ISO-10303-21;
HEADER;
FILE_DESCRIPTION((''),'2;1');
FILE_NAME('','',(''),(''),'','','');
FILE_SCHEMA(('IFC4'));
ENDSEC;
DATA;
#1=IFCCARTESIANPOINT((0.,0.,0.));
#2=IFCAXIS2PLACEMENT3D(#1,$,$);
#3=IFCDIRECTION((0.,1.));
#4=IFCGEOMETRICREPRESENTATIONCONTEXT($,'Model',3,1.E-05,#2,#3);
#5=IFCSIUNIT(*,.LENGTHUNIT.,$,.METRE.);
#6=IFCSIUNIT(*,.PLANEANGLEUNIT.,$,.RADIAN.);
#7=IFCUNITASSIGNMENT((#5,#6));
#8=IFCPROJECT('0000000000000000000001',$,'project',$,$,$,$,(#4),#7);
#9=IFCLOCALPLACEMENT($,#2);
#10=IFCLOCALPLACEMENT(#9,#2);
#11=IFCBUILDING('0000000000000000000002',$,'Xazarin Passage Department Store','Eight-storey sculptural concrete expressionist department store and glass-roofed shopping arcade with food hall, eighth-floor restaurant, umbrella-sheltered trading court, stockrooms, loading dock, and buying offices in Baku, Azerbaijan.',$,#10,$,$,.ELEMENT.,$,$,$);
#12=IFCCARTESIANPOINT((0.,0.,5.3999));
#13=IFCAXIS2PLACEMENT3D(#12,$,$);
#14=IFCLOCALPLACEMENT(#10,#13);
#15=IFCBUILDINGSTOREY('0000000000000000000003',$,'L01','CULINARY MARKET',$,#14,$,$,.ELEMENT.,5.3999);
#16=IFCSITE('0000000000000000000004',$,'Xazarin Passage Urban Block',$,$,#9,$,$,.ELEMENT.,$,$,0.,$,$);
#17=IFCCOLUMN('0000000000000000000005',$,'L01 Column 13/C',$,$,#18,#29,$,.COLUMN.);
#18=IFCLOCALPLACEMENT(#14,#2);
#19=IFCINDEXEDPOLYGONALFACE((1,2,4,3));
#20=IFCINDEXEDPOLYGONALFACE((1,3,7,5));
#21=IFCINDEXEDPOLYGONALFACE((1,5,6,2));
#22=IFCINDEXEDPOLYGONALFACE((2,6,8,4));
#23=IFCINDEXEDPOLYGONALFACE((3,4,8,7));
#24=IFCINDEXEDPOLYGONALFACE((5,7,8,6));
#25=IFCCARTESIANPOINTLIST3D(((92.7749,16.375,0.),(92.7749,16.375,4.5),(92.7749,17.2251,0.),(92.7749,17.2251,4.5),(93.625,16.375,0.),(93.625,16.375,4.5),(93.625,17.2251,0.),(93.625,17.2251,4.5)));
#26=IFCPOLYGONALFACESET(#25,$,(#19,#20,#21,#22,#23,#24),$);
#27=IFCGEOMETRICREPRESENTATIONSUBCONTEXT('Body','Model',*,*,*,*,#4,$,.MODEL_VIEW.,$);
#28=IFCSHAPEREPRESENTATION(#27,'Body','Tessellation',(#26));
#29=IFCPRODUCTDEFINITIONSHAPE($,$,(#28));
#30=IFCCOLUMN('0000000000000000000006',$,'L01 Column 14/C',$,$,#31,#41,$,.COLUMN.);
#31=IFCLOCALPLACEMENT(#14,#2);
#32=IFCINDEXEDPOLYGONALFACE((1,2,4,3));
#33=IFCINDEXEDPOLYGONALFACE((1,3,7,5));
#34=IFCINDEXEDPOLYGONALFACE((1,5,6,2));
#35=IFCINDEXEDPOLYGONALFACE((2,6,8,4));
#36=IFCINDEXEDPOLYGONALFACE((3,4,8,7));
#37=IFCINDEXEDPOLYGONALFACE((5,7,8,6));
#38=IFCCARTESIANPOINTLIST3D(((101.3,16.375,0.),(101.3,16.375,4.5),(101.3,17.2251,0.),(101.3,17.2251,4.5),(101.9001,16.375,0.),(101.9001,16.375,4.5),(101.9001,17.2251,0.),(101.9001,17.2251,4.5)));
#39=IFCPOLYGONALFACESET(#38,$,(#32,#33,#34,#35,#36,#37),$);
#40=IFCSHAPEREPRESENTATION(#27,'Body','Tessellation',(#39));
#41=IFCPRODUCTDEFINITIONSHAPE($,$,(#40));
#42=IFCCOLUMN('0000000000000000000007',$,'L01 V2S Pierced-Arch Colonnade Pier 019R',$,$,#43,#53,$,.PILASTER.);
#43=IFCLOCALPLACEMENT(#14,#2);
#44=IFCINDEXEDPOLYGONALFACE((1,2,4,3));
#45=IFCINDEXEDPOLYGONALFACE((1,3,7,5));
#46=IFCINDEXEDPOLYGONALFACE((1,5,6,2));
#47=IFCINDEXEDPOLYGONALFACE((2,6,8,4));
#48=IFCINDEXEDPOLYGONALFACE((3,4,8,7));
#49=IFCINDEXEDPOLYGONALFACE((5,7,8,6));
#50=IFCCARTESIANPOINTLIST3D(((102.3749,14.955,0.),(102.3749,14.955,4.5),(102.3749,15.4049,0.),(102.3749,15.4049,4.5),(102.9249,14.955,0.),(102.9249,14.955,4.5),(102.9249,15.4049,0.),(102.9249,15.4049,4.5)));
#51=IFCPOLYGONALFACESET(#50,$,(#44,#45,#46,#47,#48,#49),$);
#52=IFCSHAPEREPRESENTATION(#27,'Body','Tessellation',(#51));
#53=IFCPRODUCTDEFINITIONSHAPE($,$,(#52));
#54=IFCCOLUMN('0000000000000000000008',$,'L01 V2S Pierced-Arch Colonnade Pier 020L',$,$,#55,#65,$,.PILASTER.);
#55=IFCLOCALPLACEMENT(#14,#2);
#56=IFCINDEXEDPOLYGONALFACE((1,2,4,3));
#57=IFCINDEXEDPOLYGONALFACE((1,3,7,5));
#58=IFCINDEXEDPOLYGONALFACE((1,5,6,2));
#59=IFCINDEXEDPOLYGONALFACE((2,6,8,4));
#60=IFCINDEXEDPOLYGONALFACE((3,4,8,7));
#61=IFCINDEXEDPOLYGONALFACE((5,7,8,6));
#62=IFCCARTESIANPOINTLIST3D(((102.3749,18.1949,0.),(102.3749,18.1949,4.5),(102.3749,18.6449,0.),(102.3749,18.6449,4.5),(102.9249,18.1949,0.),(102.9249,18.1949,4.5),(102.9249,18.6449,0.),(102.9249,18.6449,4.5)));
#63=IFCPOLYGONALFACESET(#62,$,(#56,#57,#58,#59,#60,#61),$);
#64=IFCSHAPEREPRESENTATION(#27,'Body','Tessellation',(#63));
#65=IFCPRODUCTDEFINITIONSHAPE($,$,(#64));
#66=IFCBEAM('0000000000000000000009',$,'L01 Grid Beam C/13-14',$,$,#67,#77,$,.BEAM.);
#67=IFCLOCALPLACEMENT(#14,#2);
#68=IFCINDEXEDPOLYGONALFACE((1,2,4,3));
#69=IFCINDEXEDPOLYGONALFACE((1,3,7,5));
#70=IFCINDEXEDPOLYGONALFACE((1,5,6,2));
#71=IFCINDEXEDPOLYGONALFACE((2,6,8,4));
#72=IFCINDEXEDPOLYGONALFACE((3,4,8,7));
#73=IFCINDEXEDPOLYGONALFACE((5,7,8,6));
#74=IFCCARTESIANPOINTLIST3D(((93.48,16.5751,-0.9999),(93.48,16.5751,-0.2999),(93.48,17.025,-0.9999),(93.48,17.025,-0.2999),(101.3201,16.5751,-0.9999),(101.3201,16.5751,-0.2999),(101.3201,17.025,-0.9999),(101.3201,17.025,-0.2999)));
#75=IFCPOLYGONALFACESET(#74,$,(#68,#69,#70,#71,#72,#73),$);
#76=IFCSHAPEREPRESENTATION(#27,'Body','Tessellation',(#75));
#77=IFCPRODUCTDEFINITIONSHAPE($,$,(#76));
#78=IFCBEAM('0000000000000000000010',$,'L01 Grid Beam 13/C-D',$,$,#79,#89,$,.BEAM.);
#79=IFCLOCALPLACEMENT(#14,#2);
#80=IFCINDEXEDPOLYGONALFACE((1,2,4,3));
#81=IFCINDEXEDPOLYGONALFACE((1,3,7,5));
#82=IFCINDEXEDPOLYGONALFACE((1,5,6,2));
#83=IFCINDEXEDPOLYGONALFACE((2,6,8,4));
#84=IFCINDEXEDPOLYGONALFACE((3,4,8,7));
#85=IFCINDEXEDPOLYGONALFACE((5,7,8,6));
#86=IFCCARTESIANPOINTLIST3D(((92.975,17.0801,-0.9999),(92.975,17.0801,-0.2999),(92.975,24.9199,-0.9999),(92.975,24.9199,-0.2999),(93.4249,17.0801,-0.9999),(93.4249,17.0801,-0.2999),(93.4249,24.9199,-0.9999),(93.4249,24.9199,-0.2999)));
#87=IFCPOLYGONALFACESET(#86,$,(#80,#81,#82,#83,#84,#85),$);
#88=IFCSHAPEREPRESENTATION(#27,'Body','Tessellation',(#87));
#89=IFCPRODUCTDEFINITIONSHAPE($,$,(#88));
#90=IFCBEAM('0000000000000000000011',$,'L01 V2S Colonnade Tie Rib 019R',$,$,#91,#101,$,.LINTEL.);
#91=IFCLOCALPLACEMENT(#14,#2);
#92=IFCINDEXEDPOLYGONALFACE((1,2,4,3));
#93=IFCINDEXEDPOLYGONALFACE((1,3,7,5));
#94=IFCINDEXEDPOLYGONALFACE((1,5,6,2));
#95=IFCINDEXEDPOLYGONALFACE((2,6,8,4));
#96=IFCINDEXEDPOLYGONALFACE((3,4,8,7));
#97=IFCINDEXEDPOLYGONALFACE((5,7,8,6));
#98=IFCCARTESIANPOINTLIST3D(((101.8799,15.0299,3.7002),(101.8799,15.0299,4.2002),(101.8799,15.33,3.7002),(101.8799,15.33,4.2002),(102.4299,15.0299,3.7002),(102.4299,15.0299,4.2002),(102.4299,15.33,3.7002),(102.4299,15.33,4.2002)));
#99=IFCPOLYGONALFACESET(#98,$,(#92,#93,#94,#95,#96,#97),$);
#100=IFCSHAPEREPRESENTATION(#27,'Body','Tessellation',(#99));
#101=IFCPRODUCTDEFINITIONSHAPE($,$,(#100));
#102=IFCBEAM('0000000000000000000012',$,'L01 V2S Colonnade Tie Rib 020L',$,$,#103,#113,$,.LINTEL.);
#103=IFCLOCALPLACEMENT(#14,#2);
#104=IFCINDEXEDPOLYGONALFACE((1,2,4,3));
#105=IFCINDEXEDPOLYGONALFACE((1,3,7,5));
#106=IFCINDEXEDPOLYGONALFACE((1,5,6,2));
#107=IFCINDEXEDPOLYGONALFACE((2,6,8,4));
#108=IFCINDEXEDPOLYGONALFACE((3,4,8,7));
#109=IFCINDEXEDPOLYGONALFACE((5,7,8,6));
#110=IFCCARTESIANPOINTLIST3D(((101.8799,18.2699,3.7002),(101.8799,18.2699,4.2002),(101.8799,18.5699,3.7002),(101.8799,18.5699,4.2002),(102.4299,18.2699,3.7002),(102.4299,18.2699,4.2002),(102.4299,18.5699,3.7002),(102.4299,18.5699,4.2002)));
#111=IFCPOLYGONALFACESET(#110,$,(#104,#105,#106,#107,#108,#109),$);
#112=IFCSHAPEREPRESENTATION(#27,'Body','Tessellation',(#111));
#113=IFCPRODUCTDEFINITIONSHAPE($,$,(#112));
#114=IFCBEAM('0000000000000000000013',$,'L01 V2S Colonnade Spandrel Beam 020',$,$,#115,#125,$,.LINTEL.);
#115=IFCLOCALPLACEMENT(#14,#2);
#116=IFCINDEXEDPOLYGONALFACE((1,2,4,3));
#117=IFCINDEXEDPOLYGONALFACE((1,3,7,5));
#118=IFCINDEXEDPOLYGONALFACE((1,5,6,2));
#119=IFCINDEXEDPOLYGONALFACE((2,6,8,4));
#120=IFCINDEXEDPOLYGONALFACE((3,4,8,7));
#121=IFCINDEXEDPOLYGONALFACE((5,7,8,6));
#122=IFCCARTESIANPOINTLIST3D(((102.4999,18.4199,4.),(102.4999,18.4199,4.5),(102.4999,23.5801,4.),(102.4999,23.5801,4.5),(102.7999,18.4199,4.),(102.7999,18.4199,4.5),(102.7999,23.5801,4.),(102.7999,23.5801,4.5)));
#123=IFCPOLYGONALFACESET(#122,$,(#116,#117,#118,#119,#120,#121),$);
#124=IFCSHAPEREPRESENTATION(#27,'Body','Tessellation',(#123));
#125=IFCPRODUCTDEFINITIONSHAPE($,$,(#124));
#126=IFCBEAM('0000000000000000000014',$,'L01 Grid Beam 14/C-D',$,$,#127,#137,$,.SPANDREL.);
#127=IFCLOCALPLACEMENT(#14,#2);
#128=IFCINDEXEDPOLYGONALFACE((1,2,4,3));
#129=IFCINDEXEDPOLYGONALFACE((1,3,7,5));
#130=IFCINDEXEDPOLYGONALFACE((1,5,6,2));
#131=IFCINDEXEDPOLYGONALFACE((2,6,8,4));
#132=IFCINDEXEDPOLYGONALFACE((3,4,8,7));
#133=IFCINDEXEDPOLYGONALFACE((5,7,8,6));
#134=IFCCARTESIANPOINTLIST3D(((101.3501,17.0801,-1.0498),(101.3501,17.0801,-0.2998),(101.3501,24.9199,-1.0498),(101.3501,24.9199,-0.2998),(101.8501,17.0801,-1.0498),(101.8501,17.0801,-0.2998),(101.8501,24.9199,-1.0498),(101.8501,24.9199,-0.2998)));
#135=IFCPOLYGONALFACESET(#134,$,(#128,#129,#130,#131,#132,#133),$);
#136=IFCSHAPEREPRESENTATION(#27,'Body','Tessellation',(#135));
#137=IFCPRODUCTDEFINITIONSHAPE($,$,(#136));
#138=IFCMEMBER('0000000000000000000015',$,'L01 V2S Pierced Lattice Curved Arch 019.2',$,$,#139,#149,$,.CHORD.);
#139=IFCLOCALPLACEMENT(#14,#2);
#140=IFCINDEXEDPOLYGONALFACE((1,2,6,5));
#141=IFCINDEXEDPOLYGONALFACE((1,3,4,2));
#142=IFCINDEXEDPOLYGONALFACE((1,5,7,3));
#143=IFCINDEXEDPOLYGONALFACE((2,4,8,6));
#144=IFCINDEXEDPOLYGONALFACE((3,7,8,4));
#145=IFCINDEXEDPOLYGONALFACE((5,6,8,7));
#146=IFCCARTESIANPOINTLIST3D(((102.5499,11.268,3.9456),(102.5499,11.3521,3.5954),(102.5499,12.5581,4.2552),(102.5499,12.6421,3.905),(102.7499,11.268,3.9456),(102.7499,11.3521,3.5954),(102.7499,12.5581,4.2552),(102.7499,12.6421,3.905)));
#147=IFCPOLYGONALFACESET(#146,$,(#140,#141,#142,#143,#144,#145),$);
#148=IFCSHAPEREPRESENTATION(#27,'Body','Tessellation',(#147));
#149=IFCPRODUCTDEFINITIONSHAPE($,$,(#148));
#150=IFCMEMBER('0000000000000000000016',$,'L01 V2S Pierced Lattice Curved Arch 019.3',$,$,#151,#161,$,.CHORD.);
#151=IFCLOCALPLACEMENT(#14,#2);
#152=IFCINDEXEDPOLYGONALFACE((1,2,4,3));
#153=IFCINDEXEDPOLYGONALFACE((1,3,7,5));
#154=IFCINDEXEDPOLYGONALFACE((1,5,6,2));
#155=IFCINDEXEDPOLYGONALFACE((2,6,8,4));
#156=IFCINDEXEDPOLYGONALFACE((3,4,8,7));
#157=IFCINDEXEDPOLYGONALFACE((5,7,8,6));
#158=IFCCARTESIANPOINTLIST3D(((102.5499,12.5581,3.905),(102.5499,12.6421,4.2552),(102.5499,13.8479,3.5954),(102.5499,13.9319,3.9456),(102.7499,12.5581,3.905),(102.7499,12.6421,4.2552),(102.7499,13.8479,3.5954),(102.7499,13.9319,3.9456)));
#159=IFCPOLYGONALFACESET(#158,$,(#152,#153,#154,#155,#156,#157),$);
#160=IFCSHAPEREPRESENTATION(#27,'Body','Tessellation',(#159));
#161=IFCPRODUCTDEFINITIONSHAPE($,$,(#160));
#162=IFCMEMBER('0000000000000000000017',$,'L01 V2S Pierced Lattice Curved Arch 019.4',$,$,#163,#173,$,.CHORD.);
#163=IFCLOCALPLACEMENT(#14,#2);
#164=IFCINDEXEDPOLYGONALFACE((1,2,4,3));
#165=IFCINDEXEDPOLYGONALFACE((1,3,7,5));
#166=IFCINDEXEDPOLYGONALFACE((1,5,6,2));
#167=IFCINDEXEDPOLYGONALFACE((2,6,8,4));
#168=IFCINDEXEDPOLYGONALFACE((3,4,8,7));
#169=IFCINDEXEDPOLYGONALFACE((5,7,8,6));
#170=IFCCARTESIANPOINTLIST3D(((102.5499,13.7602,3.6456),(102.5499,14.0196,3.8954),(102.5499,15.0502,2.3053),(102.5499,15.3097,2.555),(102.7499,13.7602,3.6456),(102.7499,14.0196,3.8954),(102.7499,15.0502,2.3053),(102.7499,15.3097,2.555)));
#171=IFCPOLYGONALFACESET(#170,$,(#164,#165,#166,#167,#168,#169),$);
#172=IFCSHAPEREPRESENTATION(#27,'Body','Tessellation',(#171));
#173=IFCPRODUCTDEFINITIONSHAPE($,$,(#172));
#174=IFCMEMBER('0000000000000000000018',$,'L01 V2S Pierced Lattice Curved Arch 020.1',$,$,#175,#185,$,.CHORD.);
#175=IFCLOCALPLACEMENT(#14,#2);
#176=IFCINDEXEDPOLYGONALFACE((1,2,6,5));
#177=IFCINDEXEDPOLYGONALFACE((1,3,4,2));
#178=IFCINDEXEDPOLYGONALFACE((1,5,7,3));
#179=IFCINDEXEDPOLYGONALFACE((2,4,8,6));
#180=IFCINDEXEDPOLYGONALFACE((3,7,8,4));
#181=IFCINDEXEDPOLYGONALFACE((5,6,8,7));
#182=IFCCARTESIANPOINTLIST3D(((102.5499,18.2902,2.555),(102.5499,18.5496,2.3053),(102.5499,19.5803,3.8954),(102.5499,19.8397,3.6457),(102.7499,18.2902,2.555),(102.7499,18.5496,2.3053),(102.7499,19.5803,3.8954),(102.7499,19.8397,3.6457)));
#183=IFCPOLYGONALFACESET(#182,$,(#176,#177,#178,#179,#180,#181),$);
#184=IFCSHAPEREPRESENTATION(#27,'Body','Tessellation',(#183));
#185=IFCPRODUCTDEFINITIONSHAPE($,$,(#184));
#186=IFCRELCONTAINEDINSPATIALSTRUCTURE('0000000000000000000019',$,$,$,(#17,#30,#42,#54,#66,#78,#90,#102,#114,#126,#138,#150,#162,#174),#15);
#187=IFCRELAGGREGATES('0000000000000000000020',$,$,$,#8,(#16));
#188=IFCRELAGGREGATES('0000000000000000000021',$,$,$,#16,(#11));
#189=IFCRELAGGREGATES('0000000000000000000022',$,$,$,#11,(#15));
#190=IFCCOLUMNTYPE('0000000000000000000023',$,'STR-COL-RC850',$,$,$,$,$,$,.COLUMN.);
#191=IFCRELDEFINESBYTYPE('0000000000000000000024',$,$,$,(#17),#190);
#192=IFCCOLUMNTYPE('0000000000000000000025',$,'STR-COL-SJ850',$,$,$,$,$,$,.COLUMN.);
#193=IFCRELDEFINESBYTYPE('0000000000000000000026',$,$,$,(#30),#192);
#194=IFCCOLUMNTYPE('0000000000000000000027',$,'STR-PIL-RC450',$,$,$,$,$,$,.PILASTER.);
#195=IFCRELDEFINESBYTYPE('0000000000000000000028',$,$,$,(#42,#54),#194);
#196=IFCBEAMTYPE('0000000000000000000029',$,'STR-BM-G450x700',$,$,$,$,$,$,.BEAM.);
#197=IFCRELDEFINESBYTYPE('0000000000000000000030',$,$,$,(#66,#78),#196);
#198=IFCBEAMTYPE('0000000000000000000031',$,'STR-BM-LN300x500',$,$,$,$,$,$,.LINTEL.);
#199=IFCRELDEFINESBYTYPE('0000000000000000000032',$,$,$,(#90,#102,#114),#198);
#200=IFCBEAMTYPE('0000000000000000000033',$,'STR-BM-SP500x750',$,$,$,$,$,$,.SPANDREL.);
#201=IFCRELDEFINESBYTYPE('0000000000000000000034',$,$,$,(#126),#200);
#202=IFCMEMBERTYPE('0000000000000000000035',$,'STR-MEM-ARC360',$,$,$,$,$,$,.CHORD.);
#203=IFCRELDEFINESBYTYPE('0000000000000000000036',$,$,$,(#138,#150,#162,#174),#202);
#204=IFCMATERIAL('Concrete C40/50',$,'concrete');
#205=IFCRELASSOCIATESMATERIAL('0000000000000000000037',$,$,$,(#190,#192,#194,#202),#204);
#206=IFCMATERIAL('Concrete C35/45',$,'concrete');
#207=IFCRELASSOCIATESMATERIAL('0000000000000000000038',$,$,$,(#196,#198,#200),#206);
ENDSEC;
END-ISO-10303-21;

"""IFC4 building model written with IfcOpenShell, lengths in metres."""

from ifc_helpers import new_model, si_unit, direction, frame, origin, origin_2d, place, context, subcontext, project, spatial, rectangle, extrude, material, material_profile, profile_set, type_object, element, save


model = new_model("IFC4")

# Units and contexts
model_context = context("Model", 3, precision=1e-05, world=origin(), true_north=direction((0.0, 1.0)))
body_context = subcontext(model_context, "Body", "Model", "MODEL_VIEW")
ifc_project = project(units=[si_unit("LENGTHUNIT", "METRE"), si_unit("PLANEANGLEUNIT", "RADIAN")], contexts=[model_context])

# Site, building, storey
site_placement = place(None, origin())
site = spatial("IfcSite", under=ifc_project, at=site_placement, Name="Xazarin Passage Urban Block", CompositionType="ELEMENT", RefElevation=0.0)
building_placement = place(site_placement, origin())
building = spatial("IfcBuilding", under=site, at=building_placement, Name="Xazarin Passage Department Store", Description="Eight-storey sculptural concrete expressionist department store and glass-roofed shopping arcade with food hall, eighth-floor restaurant, umbrella-sheltered trading court, stockrooms, loading dock, and buying offices in Baku, Azerbaijan.", CompositionType="ELEMENT")
storey_placement = place(building_placement, frame((0.0, 0.0, 5.3999)))
storey = spatial("IfcBuildingStorey", under=building, at=storey_placement, Name="L01", Description="CULINARY MARKET", CompositionType="ELEMENT", Elevation=5.3999)

# Columns
ifc_material_1 = material(Name="Concrete C40/50", Category="concrete")
ifc_material_profile_1 = material_profile(ifc_material_1, rectangle(XDim=0.8501, YDim=0.8501, at=origin_2d()), Name="RC 850x850")
ifc_profile_set_1 = profile_set([ifc_material_profile_1], Name="Concrete C40/50")
column_type_1 = type_object("IfcColumnType", Name="STR-COL-RC850", PredefinedType="COLUMN", material=ifc_profile_set_1)
column_1_placement = place(storey_placement, frame((93.2, 16.8, 0.0), z_axis=(0.0, 0.0, 1.0), x_axis=(1.0, 0.0, 0.0)))
element("IfcColumn", 1, at=column_1_placement, inside=storey, type_object=column_type_1, Name="L01 Column 13/C", PredefinedType="COLUMN", context=body_context, shape_type="SweptSolid", body=[
    extrude(rectangle(XDim=0.8501, YDim=0.8501, at=origin_2d()), origin(), (0.0, 0.0, 1.0), 4.5),
])
ifc_material_profile_2 = material_profile(ifc_material_1, rectangle(XDim=0.6001, YDim=0.8501, at=origin_2d()), Name="RC 600x850")
ifc_profile_set_2 = profile_set([ifc_material_profile_2], Name="Concrete C40/50")
column_type_2 = type_object("IfcColumnType", Name="STR-COL-SJ850", PredefinedType="COLUMN", material=ifc_profile_set_2)
column_2_placement = place(storey_placement, frame((101.6001, 16.8, 0.0), z_axis=(0.0, 0.0, 1.0), x_axis=(1.0, 0.0, 0.0)))
element("IfcColumn", 2, at=column_2_placement, inside=storey, type_object=column_type_2, Name="L01 Column 14/C", PredefinedType="COLUMN", context=body_context, shape_type="SweptSolid", body=[
    extrude(rectangle(XDim=0.6001, YDim=0.8501, at=origin_2d()), origin(), (0.0, 0.0, 1.0), 4.5),
])
ifc_material_profile_3 = material_profile(ifc_material_1, rectangle(XDim=0.45, YDim=0.55, at=origin_2d()), Name="RC 450x550")
ifc_profile_set_3 = profile_set([ifc_material_profile_3], Name="Concrete C40/50")
column_type_3 = type_object("IfcColumnType", Name="STR-PIL-RC450", PredefinedType="PILASTER", material=ifc_profile_set_3)
for number, where, z_axis, x_axis, name in (
    (3, (102.6499, 15.1799, 0.0), (0.0, 0.0, 1.0), (0.0, 1.0, 0.0), "L01 V2S Pierced-Arch Colonnade Pier 019R"),
    (4, (102.6499, 18.4199, 0.0), (0.0, 0.0, 1.0), (0.0, 1.0, 0.0), "L01 V2S Pierced-Arch Colonnade Pier 020L"),
):
    element("IfcColumn", number, at=place(storey_placement, frame(where, z_axis=z_axis, x_axis=x_axis)), inside=storey, type_object=column_type_3, Name=name, PredefinedType="PILASTER", context=body_context, shape_type="SweptSolid", body=[
        extrude(rectangle(XDim=0.45, YDim=0.55, at=origin_2d()), origin(), (0.0, 0.0, 1.0), 4.5),
    ])

# Beams
ifc_material_2 = material(Name="Concrete C35/45", Category="concrete")
ifc_material_profile_4 = material_profile(ifc_material_2, rectangle(XDim=0.45, YDim=0.7, at=origin_2d()), Name="RC 450x700")
ifc_profile_set_4 = profile_set([ifc_material_profile_4], Name="Concrete C35/45")
beam_type_1 = type_object("IfcBeamType", Name="STR-BM-G450x700", PredefinedType="BEAM", material=ifc_profile_set_4)
beam_1_placement = place(storey_placement, frame((93.48, 16.8, -0.6499), z_axis=(1.0, 0.0, 0.0), x_axis=(0.0, 1.0, 0.0)))
element("IfcBeam", 5, at=beam_1_placement, inside=storey, type_object=beam_type_1, Name="L01 Grid Beam C/13-14", PredefinedType="BEAM", context=body_context, shape_type="SweptSolid", body=[
    extrude(rectangle(XDim=0.45, YDim=0.7, at=origin_2d()), origin(), (0.0, 0.0, 1.0), 7.8401),
])
beam_2_placement = place(storey_placement, frame((93.2, 17.0801, -0.6499), z_axis=(0.0, 1.0, 0.0), x_axis=(-1.0, 0.0, 0.0)))
element("IfcBeam", 6, at=beam_2_placement, inside=storey, type_object=beam_type_1, Name="L01 Grid Beam 13/C-D", PredefinedType="BEAM", context=body_context, shape_type="SweptSolid", body=[
    extrude(rectangle(XDim=0.45, YDim=0.7, at=origin_2d()), origin(), (0.0, 0.0, 1.0), 7.8398),
])
ifc_material_profile_5 = material_profile(ifc_material_2, rectangle(XDim=0.3, YDim=0.5, at=origin_2d()), Name="RC 300x500")
ifc_profile_set_5 = profile_set([ifc_material_profile_5], Name="Concrete C35/45")
beam_type_2 = type_object("IfcBeamType", Name="STR-BM-LN300x500", PredefinedType="LINTEL", material=ifc_profile_set_5)
for number, where, z_axis, x_axis, name in (
    (7, (101.8799, 15.1799, 3.9502), (1.0, 0.0, 0.0), (0.0, 1.0, 0.0), "L01 V2S Colonnade Tie Rib 019R"),
    (8, (101.8799, 18.4199, 3.9502), (1.0, 0.0, 0.0), (0.0, 1.0, 0.0), "L01 V2S Colonnade Tie Rib 020L"),
):
    element("IfcBeam", number, at=place(storey_placement, frame(where, z_axis=z_axis, x_axis=x_axis)), inside=storey, type_object=beam_type_2, Name=name, PredefinedType="LINTEL", context=body_context, shape_type="SweptSolid", body=[
        extrude(rectangle(XDim=0.3, YDim=0.5, at=origin_2d()), origin(), (0.0, 0.0, 1.0), 0.55),
    ])
beam_3_placement = place(storey_placement, frame((102.6499, 18.4199, 4.25), z_axis=(0.0, 1.0, 0.0), x_axis=(-1.0, 0.0, 0.0)))
element("IfcBeam", 9, at=beam_3_placement, inside=storey, type_object=beam_type_2, Name="L01 V2S Colonnade Spandrel Beam 020", PredefinedType="LINTEL", context=body_context, shape_type="SweptSolid", body=[
    extrude(rectangle(XDim=0.3, YDim=0.5, at=origin_2d()), origin(), (0.0, 0.0, 1.0), 5.1602),
])
ifc_material_profile_6 = material_profile(ifc_material_2, rectangle(XDim=0.5, YDim=0.75, at=origin_2d()), Name="RC 500x750")
ifc_profile_set_6 = profile_set([ifc_material_profile_6], Name="Concrete C35/45")
beam_type_3 = type_object("IfcBeamType", Name="STR-BM-SP500x750", PredefinedType="SPANDREL", material=ifc_profile_set_6)
beam_4_placement = place(storey_placement, frame((101.6001, 17.0801, -0.6748), z_axis=(0.0, 1.0, 0.0), x_axis=(-1.0, 0.0, 0.0)))
element("IfcBeam", 10, at=beam_4_placement, inside=storey, type_object=beam_type_3, Name="L01 Grid Beam 14/C-D", PredefinedType="SPANDREL", context=body_context, shape_type="SweptSolid", body=[
    extrude(rectangle(XDim=0.5, YDim=0.75, at=origin_2d()), origin(), (0.0, 0.0, 1.0), 7.8398),
])

# Members
ifc_material_profile_7 = material_profile(ifc_material_1, rectangle(XDim=0.2, YDim=0.3601, at=origin_2d()), Name="RC 200x360")
ifc_profile_set_7 = profile_set([ifc_material_profile_7], Name="Concrete C40/50")
member_type = type_object("IfcMemberType", Name="STR-MEM-ARC360", PredefinedType="CHORD", material=ifc_profile_set_7)
member_1_placement = place(storey_placement, frame((102.6499, 11.3101, 3.7705), z_axis=(0.0, 0.972394, 0.233345), x_axis=(-1.0, 0.0, 0.0)))
element("IfcMember", 11, at=member_1_placement, inside=storey, type_object=member_type, Name="L01 V2S Pierced Lattice Curved Arch 019.2", PredefinedType="CHORD", context=body_context, shape_type="SweptSolid", body=[
    extrude(rectangle(XDim=0.2, YDim=0.3601, at=origin_2d()), origin(), (0.0, 0.0, 1.0), 1.3267),
])
member_2_placement = place(storey_placement, frame((102.6499, 12.6001, 4.0801), z_axis=(0.0, 0.972384, -0.233387), x_axis=(-1.0, 0.0, 0.0)))
element("IfcMember", 12, at=member_2_placement, inside=storey, type_object=member_type, Name="L01 V2S Pierced Lattice Curved Arch 019.3", PredefinedType="CHORD", context=body_context, shape_type="SweptSolid", body=[
    extrude(rectangle(XDim=0.2, YDim=0.3601, at=origin_2d()), origin(), (0.0, 0.0, 1.0), 1.3264),
])
for number, where, z_axis, x_axis, name in (
    (13, (102.6499, 13.8899, 3.7705), (0.0, 0.69346, -0.720495), (-1.0, 0.0, 0.0), "L01 V2S Pierced Lattice Curved Arch 019.4"),
    (14, (102.6499, 18.4199, 2.4302), (0.0, 0.69346, 0.720495), (-1.0, 0.0, 0.0), "L01 V2S Pierced Lattice Curved Arch 020.1"),
):
    element("IfcMember", number, at=place(storey_placement, frame(where, z_axis=z_axis, x_axis=x_axis)), inside=storey, type_object=member_type, Name=name, PredefinedType="CHORD", context=body_context, shape_type="SweptSolid", body=[
        extrude(rectangle(XDim=0.2, YDim=0.3601, at=origin_2d()), origin(), (0.0, 0.0, 1.0), 1.8604),
    ])

save(model, "model.ifc")
